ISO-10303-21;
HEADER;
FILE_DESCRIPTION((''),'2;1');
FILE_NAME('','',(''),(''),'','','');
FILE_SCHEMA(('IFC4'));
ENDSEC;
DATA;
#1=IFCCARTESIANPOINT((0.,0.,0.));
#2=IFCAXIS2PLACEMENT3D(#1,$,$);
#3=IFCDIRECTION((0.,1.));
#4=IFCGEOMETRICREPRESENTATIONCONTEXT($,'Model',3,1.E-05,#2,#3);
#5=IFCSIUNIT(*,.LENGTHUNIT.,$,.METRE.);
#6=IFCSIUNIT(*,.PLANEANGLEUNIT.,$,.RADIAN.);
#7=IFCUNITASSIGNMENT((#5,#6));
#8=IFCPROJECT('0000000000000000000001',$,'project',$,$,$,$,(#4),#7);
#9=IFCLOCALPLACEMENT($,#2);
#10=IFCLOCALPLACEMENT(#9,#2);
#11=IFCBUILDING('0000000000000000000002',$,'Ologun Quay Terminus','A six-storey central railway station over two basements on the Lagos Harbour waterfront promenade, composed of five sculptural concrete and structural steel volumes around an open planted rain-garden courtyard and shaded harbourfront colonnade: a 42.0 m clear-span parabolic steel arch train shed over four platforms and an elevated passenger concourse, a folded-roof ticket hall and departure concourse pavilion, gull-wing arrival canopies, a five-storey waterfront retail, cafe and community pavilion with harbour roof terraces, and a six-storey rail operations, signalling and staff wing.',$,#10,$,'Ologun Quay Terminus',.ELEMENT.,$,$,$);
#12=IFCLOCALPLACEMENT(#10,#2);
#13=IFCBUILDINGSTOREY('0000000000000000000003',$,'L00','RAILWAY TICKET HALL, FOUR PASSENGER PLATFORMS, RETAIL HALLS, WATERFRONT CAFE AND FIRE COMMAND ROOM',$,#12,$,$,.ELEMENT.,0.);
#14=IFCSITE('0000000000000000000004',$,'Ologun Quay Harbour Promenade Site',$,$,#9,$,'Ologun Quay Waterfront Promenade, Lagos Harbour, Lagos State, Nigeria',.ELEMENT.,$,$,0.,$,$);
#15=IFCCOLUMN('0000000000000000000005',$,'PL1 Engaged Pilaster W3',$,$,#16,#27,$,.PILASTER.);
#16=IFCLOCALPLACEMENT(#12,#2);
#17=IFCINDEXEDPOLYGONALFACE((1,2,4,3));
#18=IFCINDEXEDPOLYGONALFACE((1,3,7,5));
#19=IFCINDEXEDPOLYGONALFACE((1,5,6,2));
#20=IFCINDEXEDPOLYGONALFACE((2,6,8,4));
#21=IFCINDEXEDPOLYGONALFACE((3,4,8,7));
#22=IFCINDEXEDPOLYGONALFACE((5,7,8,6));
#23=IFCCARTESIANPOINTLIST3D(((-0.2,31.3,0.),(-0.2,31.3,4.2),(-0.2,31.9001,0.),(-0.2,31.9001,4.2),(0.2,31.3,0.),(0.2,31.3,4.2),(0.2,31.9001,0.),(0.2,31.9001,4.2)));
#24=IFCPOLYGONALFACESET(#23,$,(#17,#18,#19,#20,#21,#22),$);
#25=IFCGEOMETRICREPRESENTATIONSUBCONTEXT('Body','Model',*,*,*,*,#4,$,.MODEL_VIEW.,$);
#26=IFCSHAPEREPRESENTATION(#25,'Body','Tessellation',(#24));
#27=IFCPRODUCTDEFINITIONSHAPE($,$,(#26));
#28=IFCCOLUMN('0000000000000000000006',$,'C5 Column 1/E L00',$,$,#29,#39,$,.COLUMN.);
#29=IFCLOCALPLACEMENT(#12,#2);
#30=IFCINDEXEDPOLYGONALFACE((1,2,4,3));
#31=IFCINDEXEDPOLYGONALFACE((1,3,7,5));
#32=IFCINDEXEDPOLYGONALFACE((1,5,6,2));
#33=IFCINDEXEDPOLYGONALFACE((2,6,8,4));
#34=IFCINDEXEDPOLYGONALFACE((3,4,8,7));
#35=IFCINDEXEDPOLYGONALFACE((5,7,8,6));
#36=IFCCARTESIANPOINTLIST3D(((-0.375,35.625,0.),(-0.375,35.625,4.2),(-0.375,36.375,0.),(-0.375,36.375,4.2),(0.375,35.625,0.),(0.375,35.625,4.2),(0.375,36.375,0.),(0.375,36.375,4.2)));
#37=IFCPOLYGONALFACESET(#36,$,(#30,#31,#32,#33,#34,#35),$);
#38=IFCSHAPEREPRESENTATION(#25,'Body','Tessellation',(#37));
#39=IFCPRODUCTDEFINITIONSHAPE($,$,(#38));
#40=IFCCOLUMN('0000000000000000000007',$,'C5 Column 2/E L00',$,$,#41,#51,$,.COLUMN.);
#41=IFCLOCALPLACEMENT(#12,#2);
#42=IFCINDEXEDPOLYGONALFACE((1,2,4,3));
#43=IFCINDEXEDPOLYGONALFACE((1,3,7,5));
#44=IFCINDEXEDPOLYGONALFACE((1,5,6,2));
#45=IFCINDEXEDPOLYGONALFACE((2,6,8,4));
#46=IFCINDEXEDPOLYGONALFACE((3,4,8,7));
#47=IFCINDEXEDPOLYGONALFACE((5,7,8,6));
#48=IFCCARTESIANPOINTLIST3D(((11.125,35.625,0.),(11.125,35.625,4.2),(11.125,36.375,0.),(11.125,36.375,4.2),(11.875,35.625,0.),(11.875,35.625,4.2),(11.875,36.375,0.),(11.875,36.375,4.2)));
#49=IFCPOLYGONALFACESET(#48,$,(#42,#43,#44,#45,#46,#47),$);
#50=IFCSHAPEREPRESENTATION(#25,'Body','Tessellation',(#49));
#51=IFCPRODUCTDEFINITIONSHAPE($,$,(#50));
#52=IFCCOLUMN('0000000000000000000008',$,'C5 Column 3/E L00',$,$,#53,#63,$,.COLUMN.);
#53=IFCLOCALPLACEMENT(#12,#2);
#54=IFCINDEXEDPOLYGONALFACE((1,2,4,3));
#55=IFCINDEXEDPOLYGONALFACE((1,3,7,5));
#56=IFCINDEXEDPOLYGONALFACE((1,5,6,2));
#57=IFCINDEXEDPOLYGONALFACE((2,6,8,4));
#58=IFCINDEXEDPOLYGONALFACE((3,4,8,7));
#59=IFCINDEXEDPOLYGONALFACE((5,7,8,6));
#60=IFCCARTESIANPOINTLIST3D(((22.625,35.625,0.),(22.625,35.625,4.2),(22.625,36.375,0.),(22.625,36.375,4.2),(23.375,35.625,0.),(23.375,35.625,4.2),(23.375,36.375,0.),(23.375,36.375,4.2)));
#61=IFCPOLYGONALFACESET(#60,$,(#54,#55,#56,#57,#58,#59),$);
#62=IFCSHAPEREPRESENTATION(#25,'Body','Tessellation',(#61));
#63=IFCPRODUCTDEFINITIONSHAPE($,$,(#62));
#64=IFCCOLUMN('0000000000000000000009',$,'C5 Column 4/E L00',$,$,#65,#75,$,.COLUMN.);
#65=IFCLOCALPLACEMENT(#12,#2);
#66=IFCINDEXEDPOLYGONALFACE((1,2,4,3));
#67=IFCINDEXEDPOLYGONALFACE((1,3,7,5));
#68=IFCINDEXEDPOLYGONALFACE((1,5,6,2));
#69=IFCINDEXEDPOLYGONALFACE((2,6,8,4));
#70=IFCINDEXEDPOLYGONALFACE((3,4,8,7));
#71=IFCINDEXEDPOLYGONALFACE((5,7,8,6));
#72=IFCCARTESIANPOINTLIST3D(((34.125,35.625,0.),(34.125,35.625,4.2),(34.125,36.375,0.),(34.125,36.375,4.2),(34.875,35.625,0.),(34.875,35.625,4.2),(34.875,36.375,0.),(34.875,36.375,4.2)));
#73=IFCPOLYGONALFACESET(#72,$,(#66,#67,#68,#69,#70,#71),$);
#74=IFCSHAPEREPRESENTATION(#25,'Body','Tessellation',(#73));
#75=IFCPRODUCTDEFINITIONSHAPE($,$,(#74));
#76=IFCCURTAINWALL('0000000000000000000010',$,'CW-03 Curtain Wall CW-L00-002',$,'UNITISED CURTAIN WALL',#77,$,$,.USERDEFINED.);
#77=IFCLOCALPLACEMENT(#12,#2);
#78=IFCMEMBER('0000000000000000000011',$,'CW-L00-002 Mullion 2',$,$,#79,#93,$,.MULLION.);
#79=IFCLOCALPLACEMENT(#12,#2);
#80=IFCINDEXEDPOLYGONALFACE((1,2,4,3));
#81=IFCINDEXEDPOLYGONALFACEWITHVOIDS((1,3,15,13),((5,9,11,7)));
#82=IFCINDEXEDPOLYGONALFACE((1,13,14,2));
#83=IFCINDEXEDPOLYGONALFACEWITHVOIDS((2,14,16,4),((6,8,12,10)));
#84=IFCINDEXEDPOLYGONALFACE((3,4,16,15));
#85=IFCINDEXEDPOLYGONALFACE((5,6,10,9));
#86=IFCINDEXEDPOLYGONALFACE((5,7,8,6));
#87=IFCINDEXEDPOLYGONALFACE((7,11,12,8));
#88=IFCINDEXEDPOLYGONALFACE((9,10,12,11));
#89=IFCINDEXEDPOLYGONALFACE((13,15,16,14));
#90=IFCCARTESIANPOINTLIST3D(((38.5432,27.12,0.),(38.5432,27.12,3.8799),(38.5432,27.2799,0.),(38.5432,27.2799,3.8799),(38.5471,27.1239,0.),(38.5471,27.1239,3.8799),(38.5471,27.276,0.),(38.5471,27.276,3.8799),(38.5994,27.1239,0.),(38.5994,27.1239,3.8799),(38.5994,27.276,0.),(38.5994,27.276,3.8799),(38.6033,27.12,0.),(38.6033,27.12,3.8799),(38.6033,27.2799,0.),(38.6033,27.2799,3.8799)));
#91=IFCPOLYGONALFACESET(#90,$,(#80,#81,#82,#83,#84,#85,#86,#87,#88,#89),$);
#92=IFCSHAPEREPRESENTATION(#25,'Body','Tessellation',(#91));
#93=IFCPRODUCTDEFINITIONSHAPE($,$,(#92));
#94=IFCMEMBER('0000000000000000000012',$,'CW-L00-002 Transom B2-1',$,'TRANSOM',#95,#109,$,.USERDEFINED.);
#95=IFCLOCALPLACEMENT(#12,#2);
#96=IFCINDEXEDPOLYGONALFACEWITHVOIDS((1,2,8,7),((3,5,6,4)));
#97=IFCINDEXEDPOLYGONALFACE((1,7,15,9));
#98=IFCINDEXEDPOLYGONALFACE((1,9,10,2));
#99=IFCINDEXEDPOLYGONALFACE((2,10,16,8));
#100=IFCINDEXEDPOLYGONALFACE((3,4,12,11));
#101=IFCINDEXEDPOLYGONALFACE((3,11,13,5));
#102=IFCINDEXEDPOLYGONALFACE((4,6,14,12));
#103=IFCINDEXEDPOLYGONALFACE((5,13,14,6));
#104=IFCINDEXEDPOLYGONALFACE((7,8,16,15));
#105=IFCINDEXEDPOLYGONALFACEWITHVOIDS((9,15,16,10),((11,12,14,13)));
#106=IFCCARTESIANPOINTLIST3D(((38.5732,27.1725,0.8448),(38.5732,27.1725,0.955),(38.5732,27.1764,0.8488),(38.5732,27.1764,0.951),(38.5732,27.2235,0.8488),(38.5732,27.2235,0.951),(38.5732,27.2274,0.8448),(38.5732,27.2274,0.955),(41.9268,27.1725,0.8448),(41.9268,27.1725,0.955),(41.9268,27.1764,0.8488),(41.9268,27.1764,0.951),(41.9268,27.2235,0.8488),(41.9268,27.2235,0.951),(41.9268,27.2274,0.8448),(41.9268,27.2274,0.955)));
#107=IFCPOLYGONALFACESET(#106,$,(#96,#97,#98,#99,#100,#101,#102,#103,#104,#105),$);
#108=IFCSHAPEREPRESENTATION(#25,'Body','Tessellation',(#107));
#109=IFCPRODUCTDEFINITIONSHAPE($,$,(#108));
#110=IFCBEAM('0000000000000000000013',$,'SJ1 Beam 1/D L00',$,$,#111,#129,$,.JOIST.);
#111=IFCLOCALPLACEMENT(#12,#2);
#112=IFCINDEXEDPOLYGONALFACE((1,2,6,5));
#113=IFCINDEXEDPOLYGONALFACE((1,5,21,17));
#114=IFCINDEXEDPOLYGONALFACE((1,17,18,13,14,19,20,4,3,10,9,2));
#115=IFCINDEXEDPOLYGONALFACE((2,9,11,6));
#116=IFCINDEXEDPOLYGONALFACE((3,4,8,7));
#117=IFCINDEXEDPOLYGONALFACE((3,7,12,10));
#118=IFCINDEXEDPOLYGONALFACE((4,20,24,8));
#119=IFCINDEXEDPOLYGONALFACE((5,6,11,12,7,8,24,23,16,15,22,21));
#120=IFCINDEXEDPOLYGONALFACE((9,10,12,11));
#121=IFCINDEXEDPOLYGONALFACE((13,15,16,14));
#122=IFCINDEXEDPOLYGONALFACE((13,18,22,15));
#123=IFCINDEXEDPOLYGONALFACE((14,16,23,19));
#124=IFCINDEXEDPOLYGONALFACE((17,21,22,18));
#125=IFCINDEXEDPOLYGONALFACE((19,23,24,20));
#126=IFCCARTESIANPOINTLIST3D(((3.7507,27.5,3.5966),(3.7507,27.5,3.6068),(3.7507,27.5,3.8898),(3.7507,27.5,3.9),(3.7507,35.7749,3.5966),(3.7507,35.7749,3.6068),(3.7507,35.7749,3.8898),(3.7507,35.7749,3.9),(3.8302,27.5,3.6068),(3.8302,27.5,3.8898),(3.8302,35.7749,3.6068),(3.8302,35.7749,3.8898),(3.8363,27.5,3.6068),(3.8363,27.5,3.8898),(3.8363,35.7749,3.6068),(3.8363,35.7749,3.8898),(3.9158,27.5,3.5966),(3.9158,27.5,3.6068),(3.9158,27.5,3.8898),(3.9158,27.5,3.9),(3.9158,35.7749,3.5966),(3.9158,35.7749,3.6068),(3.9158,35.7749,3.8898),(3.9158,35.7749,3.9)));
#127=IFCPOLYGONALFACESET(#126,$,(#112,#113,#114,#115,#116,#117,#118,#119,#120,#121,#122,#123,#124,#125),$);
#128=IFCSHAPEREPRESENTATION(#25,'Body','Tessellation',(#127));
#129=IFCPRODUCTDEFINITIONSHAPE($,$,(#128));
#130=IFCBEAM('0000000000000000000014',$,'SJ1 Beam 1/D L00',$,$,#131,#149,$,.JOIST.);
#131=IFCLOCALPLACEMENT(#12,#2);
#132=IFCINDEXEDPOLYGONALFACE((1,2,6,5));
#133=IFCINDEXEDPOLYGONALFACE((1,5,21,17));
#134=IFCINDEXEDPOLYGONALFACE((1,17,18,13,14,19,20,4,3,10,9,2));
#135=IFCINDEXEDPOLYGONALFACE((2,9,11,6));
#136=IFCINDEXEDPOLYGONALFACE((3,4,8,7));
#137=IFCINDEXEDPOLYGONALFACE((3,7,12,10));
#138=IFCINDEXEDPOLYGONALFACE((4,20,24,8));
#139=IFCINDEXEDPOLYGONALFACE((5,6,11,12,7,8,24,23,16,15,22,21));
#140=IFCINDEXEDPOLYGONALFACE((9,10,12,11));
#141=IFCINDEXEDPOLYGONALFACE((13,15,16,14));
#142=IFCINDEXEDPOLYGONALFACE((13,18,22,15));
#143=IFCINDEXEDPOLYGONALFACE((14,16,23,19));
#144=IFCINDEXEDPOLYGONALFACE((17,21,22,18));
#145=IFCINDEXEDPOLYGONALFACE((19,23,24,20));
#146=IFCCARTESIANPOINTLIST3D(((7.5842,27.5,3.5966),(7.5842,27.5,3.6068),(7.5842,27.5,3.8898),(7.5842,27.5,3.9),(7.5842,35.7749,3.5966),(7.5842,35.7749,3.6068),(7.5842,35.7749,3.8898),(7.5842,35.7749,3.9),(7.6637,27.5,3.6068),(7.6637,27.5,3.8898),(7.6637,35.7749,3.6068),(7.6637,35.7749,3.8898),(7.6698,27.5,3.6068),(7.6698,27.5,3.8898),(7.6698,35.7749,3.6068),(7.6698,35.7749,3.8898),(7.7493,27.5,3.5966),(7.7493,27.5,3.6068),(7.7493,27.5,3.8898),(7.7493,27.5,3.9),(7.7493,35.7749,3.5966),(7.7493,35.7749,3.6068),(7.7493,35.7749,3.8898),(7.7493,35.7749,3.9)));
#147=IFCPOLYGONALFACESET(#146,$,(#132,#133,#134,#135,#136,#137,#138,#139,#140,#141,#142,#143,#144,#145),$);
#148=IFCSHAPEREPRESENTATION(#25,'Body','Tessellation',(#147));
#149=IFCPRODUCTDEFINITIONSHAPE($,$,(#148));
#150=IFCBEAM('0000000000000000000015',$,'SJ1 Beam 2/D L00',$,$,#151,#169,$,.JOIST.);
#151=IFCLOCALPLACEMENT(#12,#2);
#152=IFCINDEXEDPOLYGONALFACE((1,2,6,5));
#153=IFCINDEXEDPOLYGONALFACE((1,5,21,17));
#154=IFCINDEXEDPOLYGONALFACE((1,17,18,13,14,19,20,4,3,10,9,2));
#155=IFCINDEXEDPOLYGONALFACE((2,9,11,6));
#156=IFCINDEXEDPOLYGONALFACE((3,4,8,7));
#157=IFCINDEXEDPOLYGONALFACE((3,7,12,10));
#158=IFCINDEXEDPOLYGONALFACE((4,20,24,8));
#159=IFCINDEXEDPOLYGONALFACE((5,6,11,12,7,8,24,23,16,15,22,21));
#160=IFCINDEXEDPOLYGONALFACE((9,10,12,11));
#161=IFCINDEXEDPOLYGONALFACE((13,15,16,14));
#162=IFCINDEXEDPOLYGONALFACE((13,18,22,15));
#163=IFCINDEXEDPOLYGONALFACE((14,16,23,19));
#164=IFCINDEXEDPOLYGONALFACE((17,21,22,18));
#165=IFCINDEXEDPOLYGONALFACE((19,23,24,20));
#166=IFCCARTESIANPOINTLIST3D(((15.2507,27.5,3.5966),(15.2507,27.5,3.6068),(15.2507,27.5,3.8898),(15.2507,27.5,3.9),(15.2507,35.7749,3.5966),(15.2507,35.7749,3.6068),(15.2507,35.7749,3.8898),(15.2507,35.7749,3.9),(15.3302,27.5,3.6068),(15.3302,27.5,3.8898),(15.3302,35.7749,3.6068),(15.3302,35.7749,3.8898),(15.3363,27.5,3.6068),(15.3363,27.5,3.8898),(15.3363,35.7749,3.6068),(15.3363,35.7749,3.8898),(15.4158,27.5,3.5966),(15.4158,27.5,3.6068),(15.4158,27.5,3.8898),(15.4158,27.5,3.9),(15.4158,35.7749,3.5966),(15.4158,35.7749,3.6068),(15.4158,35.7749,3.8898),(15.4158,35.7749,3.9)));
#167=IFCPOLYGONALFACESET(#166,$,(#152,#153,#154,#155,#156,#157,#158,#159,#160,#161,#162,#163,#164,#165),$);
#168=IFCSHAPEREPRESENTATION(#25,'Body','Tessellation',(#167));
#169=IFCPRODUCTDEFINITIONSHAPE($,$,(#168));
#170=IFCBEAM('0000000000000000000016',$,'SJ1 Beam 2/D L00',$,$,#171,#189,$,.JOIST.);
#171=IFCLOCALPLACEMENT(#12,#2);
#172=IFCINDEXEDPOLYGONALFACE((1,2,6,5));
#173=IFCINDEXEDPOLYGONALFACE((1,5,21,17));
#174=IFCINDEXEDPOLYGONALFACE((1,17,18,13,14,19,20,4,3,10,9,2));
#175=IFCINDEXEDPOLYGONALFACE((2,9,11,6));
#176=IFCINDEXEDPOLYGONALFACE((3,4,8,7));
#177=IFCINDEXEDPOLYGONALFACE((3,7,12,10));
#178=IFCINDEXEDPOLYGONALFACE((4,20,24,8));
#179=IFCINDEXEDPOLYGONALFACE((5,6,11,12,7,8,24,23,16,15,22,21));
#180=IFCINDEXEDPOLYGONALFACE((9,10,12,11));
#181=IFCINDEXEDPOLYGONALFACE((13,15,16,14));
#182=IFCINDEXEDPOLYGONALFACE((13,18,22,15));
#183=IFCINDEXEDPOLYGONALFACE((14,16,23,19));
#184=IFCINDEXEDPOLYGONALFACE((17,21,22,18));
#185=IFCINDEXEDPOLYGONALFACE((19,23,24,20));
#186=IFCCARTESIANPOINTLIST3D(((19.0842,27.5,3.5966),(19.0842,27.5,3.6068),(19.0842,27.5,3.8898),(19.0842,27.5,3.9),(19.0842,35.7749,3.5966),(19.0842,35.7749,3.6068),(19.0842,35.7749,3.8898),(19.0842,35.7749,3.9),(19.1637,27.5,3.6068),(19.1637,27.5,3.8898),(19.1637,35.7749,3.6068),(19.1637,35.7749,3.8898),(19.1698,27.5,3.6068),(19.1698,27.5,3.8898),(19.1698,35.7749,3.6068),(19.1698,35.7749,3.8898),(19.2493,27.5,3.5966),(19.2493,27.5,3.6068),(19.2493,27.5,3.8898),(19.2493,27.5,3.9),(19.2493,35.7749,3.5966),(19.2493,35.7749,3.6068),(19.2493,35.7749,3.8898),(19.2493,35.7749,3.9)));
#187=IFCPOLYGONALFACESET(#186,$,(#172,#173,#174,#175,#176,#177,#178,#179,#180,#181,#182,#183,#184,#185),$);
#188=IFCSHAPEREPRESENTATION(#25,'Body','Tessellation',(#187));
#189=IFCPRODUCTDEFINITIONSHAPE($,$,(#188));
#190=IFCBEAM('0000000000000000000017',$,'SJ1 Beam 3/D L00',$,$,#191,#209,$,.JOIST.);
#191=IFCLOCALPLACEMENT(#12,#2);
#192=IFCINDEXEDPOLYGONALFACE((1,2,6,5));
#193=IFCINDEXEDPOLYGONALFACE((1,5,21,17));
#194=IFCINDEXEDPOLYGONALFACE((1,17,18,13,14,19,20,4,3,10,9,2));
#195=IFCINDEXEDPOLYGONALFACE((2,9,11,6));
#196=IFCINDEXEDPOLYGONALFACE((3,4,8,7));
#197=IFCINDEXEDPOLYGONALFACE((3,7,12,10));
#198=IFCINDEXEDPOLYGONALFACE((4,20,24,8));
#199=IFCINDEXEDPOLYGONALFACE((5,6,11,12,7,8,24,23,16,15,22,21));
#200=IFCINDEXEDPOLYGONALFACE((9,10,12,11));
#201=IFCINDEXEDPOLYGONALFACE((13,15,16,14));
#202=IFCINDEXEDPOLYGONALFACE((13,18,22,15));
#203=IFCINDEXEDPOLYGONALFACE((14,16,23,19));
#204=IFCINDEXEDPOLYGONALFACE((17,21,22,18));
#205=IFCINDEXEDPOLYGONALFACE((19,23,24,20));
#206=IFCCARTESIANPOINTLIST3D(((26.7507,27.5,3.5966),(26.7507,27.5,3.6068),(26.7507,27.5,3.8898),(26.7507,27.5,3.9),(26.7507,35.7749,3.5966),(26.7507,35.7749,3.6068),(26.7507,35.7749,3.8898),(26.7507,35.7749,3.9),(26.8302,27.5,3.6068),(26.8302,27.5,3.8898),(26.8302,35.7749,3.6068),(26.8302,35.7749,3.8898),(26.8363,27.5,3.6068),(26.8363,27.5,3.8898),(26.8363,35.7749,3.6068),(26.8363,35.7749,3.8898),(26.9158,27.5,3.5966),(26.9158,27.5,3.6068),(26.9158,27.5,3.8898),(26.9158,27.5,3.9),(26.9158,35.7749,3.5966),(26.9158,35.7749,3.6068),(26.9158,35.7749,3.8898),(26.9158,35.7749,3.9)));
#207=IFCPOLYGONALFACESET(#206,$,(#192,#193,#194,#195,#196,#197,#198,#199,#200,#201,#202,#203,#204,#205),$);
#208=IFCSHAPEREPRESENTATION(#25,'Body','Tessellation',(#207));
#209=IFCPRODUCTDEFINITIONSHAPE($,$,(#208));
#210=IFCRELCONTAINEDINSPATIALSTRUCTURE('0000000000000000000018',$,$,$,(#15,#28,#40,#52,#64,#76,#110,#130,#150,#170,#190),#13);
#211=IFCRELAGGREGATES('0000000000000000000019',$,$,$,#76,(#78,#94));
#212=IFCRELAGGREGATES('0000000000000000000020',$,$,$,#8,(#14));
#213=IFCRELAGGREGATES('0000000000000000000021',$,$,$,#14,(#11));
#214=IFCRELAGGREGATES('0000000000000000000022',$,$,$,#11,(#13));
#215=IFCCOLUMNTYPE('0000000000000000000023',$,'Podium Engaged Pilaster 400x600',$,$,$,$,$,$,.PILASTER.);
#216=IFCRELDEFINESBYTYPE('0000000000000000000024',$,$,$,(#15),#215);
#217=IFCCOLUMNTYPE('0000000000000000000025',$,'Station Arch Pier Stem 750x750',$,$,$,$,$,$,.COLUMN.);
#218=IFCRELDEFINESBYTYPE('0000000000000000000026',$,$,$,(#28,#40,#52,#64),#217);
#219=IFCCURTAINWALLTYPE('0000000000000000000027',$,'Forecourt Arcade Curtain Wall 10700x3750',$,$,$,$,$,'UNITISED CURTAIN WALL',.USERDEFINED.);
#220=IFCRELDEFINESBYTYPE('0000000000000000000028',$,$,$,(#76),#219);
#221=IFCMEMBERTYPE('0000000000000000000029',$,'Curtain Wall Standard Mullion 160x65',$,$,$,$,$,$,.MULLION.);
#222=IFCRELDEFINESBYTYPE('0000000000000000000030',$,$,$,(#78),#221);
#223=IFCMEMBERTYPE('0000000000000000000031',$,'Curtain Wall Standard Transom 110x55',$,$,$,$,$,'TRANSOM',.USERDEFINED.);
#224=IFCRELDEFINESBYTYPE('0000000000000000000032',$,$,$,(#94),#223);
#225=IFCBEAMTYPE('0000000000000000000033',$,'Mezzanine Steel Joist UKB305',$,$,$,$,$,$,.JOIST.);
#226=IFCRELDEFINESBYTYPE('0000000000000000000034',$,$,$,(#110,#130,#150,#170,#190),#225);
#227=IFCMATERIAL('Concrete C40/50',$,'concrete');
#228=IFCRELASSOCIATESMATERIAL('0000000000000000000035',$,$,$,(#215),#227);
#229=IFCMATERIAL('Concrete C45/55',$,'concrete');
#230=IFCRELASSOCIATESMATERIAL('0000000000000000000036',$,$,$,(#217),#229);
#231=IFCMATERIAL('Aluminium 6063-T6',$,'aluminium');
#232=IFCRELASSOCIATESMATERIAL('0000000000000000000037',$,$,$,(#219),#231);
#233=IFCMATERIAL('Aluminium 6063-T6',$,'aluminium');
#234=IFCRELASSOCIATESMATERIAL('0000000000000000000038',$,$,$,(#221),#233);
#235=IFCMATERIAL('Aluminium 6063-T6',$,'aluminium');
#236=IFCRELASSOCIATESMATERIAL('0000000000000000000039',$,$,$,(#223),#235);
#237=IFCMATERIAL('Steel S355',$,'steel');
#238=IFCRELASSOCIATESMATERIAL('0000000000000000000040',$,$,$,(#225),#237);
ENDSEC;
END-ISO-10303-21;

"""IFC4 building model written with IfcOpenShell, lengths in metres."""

from ifc_helpers import new_model, si_unit, direction, frame, origin, origin_2d, place, context, subcontext, project, spatial, rectangle, hollow_rectangle, i_section, extrude, material, material_profile, profile_set, type_object, element, aggregate, save


model = new_model("IFC4")

# Units and contexts
model_context = context("Model", 3, precision=1e-05, world=origin(), true_north=direction((0.0, 1.0)))
body_context = subcontext(model_context, "Body", "Model", "MODEL_VIEW")
ifc_project = project(units=[si_unit("LENGTHUNIT", "METRE"), si_unit("PLANEANGLEUNIT", "RADIAN")], contexts=[model_context])

# Site, building, storey
site_placement = place(None, origin())
site = spatial("IfcSite", under=ifc_project, at=site_placement, Name="Ologun Quay Harbour Promenade Site", LongName="Ologun Quay Waterfront Promenade, Lagos Harbour, Lagos State, Nigeria", CompositionType="ELEMENT", RefElevation=0.0)
building_placement = place(site_placement, origin())
building = spatial("IfcBuilding", under=site, at=building_placement, Name="Ologun Quay Terminus", Description="A six-storey central railway station over two basements on the Lagos Harbour waterfront promenade, composed of five sculptural concrete and structural steel volumes around an open planted rain-garden courtyard and shaded harbourfront colonnade: a 42.0 m clear-span parabolic steel arch train shed over four platforms and an elevated passenger concourse, a folded-roof ticket hall and departure concourse pavilion, gull-wing arrival canopies, a five-storey waterfront retail, cafe and community pavilion with harbour roof terraces, and a six-storey rail operations, signalling and staff wing.", LongName="Ologun Quay Terminus", CompositionType="ELEMENT")
storey_placement = place(building_placement, origin())
storey = spatial("IfcBuildingStorey", under=building, at=storey_placement, Name="L00", Description="RAILWAY TICKET HALL, FOUR PASSENGER PLATFORMS, RETAIL HALLS, WATERFRONT CAFE AND FIRE COMMAND ROOM", CompositionType="ELEMENT", Elevation=0.0)

# Columns
ifc_material_1 = material(Name="Concrete C40/50", Category="concrete")
ifc_material_profile_1 = material_profile(ifc_material_1, rectangle(XDim=0.3999, YDim=0.6001, at=origin_2d()), Name="RC 400x600")
ifc_profile_set_1 = profile_set([ifc_material_profile_1], Name="Concrete C40/50")
column_type_1 = type_object("IfcColumnType", Name="Podium Engaged Pilaster 400x600", PredefinedType="PILASTER", material=ifc_profile_set_1)
column_placement = place(storey_placement, frame((0.0, 31.6001, 0.0), z_axis=(0.0, 0.0, 1.0), x_axis=(1.0, 0.0, 0.0)))
element("IfcColumn", 1, at=column_placement, inside=storey, type_object=column_type_1, Name="PL1 Engaged Pilaster W3", PredefinedType="PILASTER", context=body_context, shape_type="SweptSolid", body=[
    extrude(rectangle(XDim=0.3999, YDim=0.6001, at=origin_2d()), origin(), (0.0, 0.0, 1.0), 4.2),
])
ifc_material_2 = material(Name="Concrete C45/55", Category="concrete")
ifc_material_profile_2 = material_profile(ifc_material_2, rectangle(XDim=0.75, YDim=0.75, at=origin_2d()), Name="RC 750x750")
ifc_profile_set_2 = profile_set([ifc_material_profile_2], Name="Concrete C45/55")
column_type_2 = type_object("IfcColumnType", Name="Station Arch Pier Stem 750x750", PredefinedType="COLUMN", material=ifc_profile_set_2)
for number, where, z_axis, x_axis, name in (
    (2, (0.0, 36.0, 0.0), (0.0, 0.0, 1.0), (1.0, 0.0, 0.0), "C5 Column 1/E L00"),
    (3, (11.5, 36.0, 0.0), (0.0, 0.0, 1.0), (1.0, 0.0, 0.0), "C5 Column 2/E L00"),
    (4, (23.0, 36.0, 0.0), (0.0, 0.0, 1.0), (1.0, 0.0, 0.0), "C5 Column 3/E L00"),
    (5, (34.5, 36.0, 0.0), (0.0, 0.0, 1.0), (1.0, 0.0, 0.0), "C5 Column 4/E L00"),
):
    element("IfcColumn", number, at=place(storey_placement, frame(where, z_axis=z_axis, x_axis=x_axis)), inside=storey, type_object=column_type_2, Name=name, PredefinedType="COLUMN", context=body_context, shape_type="SweptSolid", body=[
        extrude(rectangle(XDim=0.75, YDim=0.75, at=origin_2d()), origin(), (0.0, 0.0, 1.0), 4.2),
    ])

# Curtain wall, members
ifc_material_3 = material(Name="Aluminium 6063-T6", Category="aluminium")
curtain_wall_type = type_object("IfcCurtainWallType", Name="Forecourt Arcade Curtain Wall 10700x3750", ElementType="UNITISED CURTAIN WALL", PredefinedType="USERDEFINED", material=ifc_material_3)
curtain_wall_placement = place(storey_placement, origin())
curtain_wall = element("IfcCurtainWall", 6, at=curtain_wall_placement, inside=storey, type_object=curtain_wall_type, Name="CW-03 Curtain Wall CW-L00-002", ObjectType="UNITISED CURTAIN WALL", PredefinedType="USERDEFINED")
ifc_material_4 = material(Name="Aluminium 6063-T6", Category="aluminium")
ifc_material_profile_3 = material_profile(ifc_material_4, hollow_rectangle(XDim=0.0601, YDim=0.1599, WallThickness=0.0039, at=origin_2d()), Name="ALU 160x60x4")
ifc_profile_set_3 = profile_set([ifc_material_profile_3], Name="Aluminium 6063-T6")
member_type_1 = type_object("IfcMemberType", Name="Curtain Wall Standard Mullion 160x65", PredefinedType="MULLION", material=ifc_profile_set_3)
member_1_placement = place(storey_placement, frame((38.5732, 27.2, 0.0), z_axis=(0.0, 0.0, 1.0), x_axis=(1.0, 0.0, 0.0)))
member_1 = element("IfcMember", 7, at=member_1_placement, type_object=member_type_1, Name="CW-L00-002 Mullion 2", PredefinedType="MULLION", context=body_context, shape_type="SweptSolid", body=[
    extrude(hollow_rectangle(XDim=0.0601, YDim=0.1599, WallThickness=0.0039, at=origin_2d()), origin(), (0.0, 0.0, 1.0), 3.8799),
])
ifc_material_5 = material(Name="Aluminium 6063-T6", Category="aluminium")
ifc_material_profile_4 = material_profile(ifc_material_5, hollow_rectangle(XDim=0.0549, YDim=0.1101, WallThickness=0.0039, at=origin_2d()), Name="ALU 110x55x4")
ifc_profile_set_4 = profile_set([ifc_material_profile_4], Name="Aluminium 6063-T6")
member_type_2 = type_object("IfcMemberType", Name="Curtain Wall Standard Transom 110x55", ElementType="TRANSOM", PredefinedType="USERDEFINED", material=ifc_profile_set_4)
member_2_placement = place(storey_placement, frame((38.5732, 27.2, 0.8999), z_axis=(1.0, 0.0, 0.0), x_axis=(0.0, 1.0, 0.0)))
member_2 = element("IfcMember", 8, at=member_2_placement, type_object=member_type_2, Name="CW-L00-002 Transom B2-1", ObjectType="TRANSOM", PredefinedType="USERDEFINED", context=body_context, shape_type="SweptSolid", body=[
    extrude(hollow_rectangle(XDim=0.0549, YDim=0.1101, WallThickness=0.0039, at=origin_2d()), origin(), (0.0, 0.0, 1.0), 3.3535),
])

# Beams
ifc_material_6 = material(Name="Steel S355", Category="steel")
ifc_material_profile_5 = material_profile(ifc_material_6, i_section(OverallWidth=0.165, OverallDepth=0.3035, WebThickness=0.0061, FlangeThickness=0.0103, at=origin_2d()), Name="UKB 305x165x40")
ifc_profile_set_5 = profile_set([ifc_material_profile_5], Name="Steel S355")
beam_type_1 = type_object("IfcBeamType", Name="Mezzanine Steel Joist UKB305", PredefinedType="JOIST", material=ifc_profile_set_5)
for number, where, z_axis, x_axis, name in (
    (9, (3.8333, 27.5, 3.7483), (0.0, 1.0, 0.0), (-1.0, 0.0, 0.0), "SJ1 Beam 1/D L00"),
    (10, (7.6667, 27.5, 3.7483), (0.0, 1.0, 0.0), (-1.0, 0.0, 0.0), "SJ1 Beam 1/D L00"),
    (11, (15.3333, 27.5, 3.7483), (0.0, 1.0, 0.0), (-1.0, 0.0, 0.0), "SJ1 Beam 2/D L00"),
    (12, (19.1667, 27.5, 3.7483), (0.0, 1.0, 0.0), (-1.0, 0.0, 0.0), "SJ1 Beam 2/D L00"),
    (13, (26.8333, 27.5, 3.7483), (0.0, 1.0, 0.0), (-1.0, 0.0, 0.0), "SJ1 Beam 3/D L00"),
):
    element("IfcBeam", number, at=place(storey_placement, frame(where, z_axis=z_axis, x_axis=x_axis)), inside=storey, type_object=beam_type_1, Name=name, PredefinedType="JOIST", context=body_context, shape_type="SweptSolid", body=[
        extrude(i_section(OverallWidth=0.165, OverallDepth=0.3035, WebThickness=0.0061, FlangeThickness=0.0103, at=origin_2d()), origin(), (0.0, 0.0, 1.0), 8.2749),
    ])

aggregate(curtain_wall, [member_1, member_2])

save(model, "model.ifc")
